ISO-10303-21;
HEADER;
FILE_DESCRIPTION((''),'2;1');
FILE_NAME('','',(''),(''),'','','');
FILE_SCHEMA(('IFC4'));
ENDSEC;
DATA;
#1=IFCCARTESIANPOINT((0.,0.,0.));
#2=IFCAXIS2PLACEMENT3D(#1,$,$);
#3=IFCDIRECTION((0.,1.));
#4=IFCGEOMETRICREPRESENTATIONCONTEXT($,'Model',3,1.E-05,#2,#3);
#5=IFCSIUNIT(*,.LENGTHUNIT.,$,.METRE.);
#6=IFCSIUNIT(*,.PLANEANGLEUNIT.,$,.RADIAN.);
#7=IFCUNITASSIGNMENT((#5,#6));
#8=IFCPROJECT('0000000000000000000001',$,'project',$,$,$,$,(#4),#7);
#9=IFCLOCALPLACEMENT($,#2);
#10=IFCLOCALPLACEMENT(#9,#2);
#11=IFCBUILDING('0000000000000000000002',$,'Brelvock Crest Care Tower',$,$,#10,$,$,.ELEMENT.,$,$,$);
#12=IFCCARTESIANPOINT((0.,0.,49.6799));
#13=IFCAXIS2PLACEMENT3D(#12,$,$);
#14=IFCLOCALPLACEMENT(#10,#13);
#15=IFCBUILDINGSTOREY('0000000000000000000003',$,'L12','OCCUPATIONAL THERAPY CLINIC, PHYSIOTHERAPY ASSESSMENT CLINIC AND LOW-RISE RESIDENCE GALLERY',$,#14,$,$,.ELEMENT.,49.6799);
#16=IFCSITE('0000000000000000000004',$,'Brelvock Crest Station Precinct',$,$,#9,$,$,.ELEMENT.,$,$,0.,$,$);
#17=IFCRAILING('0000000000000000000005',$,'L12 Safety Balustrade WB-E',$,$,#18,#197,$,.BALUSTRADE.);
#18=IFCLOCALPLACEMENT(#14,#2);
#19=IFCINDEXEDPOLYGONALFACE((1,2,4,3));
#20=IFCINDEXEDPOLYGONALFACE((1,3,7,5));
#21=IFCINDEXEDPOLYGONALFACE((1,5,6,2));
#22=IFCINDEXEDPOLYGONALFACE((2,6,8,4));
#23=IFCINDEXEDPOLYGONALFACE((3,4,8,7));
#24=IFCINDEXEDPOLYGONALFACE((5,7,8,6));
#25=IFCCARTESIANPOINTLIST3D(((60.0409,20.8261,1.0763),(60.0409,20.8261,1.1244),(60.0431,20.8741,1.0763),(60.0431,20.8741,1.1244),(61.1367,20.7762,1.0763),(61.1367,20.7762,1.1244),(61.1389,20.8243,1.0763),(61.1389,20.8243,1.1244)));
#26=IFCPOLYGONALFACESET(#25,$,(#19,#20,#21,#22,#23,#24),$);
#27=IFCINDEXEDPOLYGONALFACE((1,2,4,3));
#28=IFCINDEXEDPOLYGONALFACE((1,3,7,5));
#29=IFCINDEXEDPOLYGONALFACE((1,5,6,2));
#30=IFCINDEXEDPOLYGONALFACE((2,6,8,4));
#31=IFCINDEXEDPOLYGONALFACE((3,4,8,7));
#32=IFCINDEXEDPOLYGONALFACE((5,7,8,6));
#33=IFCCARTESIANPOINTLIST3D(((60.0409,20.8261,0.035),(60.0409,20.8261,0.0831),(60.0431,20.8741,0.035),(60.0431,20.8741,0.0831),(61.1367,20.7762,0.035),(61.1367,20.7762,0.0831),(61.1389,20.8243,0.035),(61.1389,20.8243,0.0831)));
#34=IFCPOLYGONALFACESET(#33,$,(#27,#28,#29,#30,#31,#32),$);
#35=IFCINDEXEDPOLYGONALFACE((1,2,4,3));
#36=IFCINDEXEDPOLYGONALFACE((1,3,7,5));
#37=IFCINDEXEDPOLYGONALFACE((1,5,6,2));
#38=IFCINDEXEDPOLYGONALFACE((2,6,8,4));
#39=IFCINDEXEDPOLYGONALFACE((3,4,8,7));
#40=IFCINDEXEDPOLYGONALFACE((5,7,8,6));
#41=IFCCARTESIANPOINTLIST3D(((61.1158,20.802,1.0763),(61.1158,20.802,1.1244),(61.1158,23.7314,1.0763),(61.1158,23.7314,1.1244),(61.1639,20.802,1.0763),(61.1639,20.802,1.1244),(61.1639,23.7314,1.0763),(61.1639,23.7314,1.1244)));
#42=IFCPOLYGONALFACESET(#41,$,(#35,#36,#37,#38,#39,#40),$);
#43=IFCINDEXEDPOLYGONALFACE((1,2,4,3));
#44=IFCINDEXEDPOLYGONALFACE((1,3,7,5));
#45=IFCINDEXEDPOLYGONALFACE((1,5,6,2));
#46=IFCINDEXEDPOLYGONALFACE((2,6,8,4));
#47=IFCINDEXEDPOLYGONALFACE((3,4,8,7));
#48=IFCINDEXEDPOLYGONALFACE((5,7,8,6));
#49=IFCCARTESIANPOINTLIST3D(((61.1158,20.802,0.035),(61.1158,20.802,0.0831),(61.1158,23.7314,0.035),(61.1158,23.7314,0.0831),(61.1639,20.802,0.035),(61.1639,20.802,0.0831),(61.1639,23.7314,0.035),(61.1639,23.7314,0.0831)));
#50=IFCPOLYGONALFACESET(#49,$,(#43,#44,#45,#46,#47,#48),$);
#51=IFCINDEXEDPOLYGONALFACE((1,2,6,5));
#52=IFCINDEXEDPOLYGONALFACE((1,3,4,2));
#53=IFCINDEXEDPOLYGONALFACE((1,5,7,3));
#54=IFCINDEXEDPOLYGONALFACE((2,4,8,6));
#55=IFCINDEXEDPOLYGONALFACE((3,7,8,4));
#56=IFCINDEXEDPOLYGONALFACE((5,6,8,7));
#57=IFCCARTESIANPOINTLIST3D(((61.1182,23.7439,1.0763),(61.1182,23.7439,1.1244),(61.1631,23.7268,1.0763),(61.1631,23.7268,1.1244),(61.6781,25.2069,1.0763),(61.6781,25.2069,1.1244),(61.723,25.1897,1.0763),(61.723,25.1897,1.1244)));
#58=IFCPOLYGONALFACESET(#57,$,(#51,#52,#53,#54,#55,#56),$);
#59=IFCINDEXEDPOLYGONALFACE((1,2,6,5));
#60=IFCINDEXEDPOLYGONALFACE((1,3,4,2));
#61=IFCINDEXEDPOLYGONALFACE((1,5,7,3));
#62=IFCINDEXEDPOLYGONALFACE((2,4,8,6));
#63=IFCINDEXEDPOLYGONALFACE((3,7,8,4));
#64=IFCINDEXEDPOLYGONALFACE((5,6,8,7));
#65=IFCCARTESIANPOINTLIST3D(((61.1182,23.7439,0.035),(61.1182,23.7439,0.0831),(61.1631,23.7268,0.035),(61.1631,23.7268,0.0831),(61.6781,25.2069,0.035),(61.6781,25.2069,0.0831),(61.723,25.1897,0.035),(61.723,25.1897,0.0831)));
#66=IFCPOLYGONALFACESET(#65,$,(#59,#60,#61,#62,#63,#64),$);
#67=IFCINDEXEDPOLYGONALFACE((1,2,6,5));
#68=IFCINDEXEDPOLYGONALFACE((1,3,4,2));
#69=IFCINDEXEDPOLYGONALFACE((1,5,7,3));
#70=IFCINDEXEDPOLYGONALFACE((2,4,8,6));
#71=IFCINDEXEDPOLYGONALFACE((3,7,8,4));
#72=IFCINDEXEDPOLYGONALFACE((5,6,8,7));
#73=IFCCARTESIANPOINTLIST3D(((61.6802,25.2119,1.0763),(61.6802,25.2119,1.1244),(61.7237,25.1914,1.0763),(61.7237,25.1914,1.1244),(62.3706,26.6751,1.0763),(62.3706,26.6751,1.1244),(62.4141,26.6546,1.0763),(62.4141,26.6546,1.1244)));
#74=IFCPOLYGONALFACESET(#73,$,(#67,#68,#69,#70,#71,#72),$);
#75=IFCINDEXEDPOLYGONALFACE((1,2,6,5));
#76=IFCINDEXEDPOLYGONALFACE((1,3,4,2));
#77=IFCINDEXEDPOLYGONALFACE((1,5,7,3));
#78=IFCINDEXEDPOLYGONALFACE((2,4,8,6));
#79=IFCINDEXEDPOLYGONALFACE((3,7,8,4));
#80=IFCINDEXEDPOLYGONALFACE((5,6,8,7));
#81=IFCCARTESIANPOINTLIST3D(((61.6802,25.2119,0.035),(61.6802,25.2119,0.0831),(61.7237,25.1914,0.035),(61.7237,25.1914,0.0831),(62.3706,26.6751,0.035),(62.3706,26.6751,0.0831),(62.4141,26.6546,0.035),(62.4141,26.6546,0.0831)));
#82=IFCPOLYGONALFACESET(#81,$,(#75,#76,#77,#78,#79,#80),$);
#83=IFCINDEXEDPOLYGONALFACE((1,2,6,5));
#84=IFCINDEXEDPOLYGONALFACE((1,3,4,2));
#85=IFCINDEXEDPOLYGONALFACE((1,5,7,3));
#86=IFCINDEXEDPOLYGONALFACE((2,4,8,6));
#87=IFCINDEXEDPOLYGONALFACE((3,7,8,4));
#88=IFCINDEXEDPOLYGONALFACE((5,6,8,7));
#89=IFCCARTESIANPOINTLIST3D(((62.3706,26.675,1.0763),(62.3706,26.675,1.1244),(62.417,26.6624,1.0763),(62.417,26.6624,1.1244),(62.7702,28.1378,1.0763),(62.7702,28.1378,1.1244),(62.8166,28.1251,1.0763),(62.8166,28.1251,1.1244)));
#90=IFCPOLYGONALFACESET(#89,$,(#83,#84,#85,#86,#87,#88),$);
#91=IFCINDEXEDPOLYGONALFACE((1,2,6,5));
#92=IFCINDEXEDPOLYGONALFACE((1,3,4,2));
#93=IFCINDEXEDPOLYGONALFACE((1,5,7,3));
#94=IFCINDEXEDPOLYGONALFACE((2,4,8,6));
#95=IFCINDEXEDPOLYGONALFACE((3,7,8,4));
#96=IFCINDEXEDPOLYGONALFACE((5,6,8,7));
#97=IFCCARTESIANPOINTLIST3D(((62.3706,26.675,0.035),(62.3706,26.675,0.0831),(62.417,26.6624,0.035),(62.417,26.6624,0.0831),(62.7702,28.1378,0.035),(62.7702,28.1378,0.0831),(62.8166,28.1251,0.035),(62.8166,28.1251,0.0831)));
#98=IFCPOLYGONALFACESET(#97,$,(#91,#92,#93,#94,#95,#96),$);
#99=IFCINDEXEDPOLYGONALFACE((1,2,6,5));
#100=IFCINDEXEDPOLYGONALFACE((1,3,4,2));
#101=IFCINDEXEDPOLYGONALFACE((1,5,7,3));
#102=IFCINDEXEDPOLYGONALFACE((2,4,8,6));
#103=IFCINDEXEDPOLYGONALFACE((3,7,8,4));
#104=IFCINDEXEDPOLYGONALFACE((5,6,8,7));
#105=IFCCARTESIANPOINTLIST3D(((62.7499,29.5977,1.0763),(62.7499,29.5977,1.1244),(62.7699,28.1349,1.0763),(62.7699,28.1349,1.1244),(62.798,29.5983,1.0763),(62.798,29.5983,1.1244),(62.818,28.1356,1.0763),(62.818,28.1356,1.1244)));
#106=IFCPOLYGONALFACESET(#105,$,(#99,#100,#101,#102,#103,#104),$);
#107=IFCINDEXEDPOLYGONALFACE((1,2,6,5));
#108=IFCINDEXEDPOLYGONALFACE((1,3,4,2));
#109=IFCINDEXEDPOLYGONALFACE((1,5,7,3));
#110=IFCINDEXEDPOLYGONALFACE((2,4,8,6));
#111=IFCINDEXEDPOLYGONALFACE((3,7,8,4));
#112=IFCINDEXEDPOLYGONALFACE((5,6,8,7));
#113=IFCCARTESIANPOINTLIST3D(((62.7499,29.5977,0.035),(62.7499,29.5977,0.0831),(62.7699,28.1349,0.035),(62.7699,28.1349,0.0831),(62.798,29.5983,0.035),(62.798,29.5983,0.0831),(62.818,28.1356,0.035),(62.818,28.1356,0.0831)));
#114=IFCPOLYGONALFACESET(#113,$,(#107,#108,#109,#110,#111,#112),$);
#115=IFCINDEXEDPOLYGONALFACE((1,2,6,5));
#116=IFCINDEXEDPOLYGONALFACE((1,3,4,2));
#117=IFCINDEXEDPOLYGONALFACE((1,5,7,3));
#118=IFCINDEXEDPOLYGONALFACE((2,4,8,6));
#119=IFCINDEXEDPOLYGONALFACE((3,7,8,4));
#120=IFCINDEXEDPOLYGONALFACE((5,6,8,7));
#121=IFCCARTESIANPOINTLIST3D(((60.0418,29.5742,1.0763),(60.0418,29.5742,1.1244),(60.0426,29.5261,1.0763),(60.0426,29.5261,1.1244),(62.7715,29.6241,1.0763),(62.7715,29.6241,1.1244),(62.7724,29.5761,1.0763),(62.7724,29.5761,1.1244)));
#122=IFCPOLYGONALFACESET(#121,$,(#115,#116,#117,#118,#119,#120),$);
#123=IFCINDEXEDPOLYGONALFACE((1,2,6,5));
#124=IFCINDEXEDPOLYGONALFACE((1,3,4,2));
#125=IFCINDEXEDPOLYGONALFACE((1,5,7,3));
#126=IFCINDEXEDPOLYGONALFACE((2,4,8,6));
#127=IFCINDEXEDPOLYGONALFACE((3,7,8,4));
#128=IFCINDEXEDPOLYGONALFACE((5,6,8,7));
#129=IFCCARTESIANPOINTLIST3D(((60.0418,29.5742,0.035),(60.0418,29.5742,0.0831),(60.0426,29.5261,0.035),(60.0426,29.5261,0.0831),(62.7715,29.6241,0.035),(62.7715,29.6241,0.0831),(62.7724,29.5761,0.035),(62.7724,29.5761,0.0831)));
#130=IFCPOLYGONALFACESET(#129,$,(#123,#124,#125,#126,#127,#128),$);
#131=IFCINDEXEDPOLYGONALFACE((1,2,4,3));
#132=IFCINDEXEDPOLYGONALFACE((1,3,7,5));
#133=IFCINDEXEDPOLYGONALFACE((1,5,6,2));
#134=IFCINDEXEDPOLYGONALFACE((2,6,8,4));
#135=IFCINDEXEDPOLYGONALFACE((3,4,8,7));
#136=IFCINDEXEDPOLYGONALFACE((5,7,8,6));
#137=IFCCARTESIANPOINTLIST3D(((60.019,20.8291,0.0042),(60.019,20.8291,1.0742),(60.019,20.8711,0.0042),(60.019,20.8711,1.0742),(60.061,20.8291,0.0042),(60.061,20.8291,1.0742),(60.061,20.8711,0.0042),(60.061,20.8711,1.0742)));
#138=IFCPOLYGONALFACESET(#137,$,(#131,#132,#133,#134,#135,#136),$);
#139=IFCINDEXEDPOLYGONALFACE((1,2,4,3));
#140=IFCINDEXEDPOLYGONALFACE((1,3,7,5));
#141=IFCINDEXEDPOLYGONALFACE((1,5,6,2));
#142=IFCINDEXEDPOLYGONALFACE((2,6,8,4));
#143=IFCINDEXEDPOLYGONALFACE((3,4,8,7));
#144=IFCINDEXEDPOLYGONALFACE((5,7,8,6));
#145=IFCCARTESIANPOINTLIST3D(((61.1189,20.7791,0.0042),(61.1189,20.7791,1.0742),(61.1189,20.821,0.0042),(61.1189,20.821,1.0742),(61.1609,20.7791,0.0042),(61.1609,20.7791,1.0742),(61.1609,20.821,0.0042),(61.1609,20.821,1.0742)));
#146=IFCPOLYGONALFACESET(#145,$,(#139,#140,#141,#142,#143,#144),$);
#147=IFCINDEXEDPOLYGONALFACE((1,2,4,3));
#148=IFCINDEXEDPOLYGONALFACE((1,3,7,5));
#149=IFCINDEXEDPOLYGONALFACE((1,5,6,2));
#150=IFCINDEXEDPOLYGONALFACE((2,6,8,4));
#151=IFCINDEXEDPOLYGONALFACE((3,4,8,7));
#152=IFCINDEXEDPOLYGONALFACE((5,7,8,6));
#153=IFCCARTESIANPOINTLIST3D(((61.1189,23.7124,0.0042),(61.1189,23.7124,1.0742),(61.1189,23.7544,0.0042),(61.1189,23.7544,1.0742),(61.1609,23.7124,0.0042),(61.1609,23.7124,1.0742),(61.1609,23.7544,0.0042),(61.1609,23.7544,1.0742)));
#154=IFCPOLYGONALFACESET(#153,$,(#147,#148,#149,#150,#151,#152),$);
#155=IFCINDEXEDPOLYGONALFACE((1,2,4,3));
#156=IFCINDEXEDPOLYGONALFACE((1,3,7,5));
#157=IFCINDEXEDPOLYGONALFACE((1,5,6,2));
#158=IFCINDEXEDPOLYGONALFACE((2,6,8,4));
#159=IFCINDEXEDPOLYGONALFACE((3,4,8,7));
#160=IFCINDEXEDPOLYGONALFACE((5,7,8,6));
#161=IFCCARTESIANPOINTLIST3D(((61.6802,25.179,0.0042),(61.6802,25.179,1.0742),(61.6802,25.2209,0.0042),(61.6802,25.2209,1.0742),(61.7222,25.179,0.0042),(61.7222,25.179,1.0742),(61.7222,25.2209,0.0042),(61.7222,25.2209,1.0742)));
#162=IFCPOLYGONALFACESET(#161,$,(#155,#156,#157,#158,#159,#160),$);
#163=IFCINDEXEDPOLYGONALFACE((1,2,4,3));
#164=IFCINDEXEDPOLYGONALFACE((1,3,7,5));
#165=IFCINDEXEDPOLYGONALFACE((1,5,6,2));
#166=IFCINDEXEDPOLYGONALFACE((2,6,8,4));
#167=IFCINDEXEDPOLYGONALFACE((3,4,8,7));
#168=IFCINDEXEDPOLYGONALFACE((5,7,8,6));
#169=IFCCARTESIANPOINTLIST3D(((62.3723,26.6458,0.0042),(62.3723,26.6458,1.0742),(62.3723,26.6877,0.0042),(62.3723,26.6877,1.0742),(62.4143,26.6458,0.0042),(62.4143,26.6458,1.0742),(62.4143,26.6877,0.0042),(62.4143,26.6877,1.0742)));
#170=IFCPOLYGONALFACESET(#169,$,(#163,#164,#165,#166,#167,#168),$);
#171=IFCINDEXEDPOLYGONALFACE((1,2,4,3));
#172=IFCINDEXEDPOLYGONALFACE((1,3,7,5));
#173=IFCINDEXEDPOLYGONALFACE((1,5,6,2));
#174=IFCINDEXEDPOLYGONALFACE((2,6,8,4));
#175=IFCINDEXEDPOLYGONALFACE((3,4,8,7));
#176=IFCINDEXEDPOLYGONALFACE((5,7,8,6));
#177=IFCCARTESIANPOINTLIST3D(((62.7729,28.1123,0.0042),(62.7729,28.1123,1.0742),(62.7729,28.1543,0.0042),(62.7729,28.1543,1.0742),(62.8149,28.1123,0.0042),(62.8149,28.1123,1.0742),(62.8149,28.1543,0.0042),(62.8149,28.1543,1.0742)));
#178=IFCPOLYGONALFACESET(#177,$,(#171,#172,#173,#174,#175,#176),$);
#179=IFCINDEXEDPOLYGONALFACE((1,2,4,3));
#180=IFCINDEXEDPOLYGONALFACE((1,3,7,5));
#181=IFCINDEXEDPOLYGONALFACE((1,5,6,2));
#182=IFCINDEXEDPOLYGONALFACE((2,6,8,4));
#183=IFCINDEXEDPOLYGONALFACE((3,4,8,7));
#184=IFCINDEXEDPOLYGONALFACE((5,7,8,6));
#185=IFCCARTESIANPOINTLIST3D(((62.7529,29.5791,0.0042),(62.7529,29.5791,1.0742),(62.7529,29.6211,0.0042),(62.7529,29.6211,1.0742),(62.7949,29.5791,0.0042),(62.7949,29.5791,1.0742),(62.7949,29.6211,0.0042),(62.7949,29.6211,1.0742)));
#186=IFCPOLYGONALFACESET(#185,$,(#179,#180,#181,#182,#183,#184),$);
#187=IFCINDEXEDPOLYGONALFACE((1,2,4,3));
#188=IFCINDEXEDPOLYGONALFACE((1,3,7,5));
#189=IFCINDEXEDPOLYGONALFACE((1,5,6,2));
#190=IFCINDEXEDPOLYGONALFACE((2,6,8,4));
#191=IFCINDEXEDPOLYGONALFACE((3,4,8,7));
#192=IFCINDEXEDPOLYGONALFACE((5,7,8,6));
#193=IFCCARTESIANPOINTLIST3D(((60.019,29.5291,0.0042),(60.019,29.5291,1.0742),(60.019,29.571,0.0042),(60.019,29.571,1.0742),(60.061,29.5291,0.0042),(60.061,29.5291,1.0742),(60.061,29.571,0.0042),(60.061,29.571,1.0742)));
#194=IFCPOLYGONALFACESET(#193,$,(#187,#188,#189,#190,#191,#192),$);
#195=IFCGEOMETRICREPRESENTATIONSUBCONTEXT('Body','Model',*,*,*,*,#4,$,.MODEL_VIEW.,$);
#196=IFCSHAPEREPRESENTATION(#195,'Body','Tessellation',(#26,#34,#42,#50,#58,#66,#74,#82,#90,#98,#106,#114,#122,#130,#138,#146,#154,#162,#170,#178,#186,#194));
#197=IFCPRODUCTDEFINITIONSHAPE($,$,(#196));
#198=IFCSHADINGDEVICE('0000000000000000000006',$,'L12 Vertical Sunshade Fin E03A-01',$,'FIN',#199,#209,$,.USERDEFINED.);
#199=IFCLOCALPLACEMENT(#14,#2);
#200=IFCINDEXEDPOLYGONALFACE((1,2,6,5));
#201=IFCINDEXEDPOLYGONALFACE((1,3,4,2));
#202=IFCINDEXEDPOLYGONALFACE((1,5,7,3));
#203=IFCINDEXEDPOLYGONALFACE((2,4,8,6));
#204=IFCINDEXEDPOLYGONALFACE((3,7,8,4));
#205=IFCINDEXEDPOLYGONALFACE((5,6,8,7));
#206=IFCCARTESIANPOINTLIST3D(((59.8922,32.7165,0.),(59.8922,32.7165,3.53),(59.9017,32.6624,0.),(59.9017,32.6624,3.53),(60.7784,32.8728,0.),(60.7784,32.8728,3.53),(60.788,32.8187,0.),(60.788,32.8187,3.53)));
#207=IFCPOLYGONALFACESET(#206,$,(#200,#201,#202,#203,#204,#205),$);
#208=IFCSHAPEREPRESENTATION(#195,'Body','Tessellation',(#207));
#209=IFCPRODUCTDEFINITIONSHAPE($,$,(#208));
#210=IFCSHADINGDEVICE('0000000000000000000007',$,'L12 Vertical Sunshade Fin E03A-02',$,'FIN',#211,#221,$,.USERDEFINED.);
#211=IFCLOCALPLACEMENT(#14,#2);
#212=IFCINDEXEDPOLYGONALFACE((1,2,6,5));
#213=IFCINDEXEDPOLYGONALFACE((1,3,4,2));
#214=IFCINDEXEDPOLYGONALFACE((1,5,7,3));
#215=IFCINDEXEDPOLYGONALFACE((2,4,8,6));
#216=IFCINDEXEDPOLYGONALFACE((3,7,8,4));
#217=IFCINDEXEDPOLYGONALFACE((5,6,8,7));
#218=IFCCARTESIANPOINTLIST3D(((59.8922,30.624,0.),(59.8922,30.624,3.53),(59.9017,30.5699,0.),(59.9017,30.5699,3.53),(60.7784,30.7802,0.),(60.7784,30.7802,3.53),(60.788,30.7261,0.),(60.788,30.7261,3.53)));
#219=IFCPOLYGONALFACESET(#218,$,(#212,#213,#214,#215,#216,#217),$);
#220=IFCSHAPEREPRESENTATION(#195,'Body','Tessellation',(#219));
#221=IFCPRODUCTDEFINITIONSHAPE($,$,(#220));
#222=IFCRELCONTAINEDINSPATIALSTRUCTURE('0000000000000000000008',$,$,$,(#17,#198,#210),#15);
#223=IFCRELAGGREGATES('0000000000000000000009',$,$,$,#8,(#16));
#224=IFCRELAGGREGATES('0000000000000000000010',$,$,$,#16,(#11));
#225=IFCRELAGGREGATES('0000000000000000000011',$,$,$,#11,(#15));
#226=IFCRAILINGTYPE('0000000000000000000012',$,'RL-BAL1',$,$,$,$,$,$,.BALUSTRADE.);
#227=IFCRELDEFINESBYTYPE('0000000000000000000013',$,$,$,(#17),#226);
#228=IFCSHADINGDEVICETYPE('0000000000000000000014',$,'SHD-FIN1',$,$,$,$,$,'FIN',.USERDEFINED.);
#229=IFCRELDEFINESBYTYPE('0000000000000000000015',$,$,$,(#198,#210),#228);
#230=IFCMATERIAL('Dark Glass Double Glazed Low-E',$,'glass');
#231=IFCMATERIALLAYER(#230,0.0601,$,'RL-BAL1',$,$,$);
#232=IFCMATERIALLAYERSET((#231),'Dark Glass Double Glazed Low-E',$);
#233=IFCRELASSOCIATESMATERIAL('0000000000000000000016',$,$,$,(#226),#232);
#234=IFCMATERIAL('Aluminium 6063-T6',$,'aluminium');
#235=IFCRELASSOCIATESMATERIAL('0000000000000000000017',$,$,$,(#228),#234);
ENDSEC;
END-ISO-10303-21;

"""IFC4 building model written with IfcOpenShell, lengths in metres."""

from ifc_helpers import new_model, si_unit, direction, frame, origin, origin_2d, place, context, subcontext, project, spatial, rectangle, extrude, source, transform, mapped, material, layer, layer_set, material_profile, profile_set, type_object, element, save


model = new_model("IFC4")

# Units and contexts
model_context = context("Model", 3, precision=1e-05, world=origin(), true_north=direction((0.0, 1.0)))
body_context = subcontext(model_context, "Body", "Model", "MODEL_VIEW")
ifc_project = project(units=[si_unit("LENGTHUNIT", "METRE"), si_unit("PLANEANGLEUNIT", "RADIAN")], contexts=[model_context])

# Site, building, storey
site_placement = place(None, origin())
site = spatial("IfcSite", under=ifc_project, at=site_placement, Name="Brelvock Crest Station Precinct", CompositionType="ELEMENT", RefElevation=0.0)
building_placement = place(site_placement, origin())
building = spatial("IfcBuilding", under=site, at=building_placement, Name="Brelvock Crest Care Tower", CompositionType="ELEMENT")
storey_placement = place(building_placement, frame((0.0, 0.0, 49.6799)))
storey = spatial("IfcBuildingStorey", under=building, at=storey_placement, Name="L12", Description="OCCUPATIONAL THERAPY CLINIC, PHYSIOTHERAPY ASSESSMENT CLINIC AND LOW-RISE RESIDENCE GALLERY", CompositionType="ELEMENT", Elevation=49.6799)

# Shared definitions
ifc_material_1 = material(Name="Dark Glass Double Glazed Low-E", Category="glass")
ifc_material_2 = material(Name="Aluminium 6063-T6", Category="aluminium")

# Railing
ifc_layer_1 = layer(ifc_material_1, 0.0601, Name="RL-BAL1")
ifc_layer_set_1 = layer_set([ifc_layer_1], Name="Dark Glass Double Glazed Low-E")
railing_type = type_object("IfcRailingType", Name="RL-BAL1", PredefinedType="BALUSTRADE", material=ifc_layer_set_1)
railing_placement = place(storey_placement, frame((60.04, 20.8501, 0.0042)))
element("IfcRailing", 1, at=railing_placement, inside=storey, type_object=railing_type, Name="L12 Safety Balustrade WB-E", PredefinedType="BALUSTRADE", context=body_context, shape_type="SweptSolid", body=[
    extrude(rectangle(XDim=0.0481, YDim=0.0481, at=origin_2d()), frame((0.002, 0.0, 1.0962), z_axis=(0.998966, -0.045458, 0.0), x_axis=(0.045458, 0.998966, 0.0)), (0.0, 0.0, 1.0), 1.0969),
    extrude(rectangle(XDim=0.0481, YDim=0.0481, at=origin_2d()), frame((0.002, 0.0, 0.0549), z_axis=(0.998966, -0.045458, 0.0), x_axis=(0.045458, 0.998966, 0.0)), (0.0, 0.0, 1.0), 1.0969),
    extrude(rectangle(XDim=0.0481, YDim=0.0481, at=origin_2d()), frame((1.0999, -0.0481, 1.0962), z_axis=(0.0, 1.0, 0.0), x_axis=(-1.0, 0.0, 0.0)), (0.0, 0.0, 1.0), 2.9294),
    extrude(rectangle(XDim=0.0481, YDim=0.0481, at=origin_2d()), frame((1.0999, -0.0481, 0.0549), z_axis=(0.0, 1.0, 0.0), x_axis=(-1.0, 0.0, 0.0)), (0.0, 0.0, 1.0), 2.9294),
    extrude(rectangle(XDim=0.0481, YDim=0.0481, at=origin_2d()), frame((1.1006, 2.8853, 1.0962), z_axis=(0.357437, 0.933937, 0.0), x_axis=(-0.933937, 0.357437, 0.0)), (0.0, 0.0, 1.0), 1.5664),
    extrude(rectangle(XDim=0.0481, YDim=0.0481, at=origin_2d()), frame((1.1006, 2.8853, 0.0549), z_axis=(0.357437, 0.933937, 0.0), x_axis=(-0.933937, 0.357437, 0.0)), (0.0, 0.0, 1.0), 1.5664),
    extrude(rectangle(XDim=0.0481, YDim=0.0481, at=origin_2d()), frame((1.6619, 4.3516, 1.0962), z_axis=(0.426746, 0.904371, 0.0), x_axis=(-0.904371, 0.426746, 0.0)), (0.0, 0.0, 1.0), 1.6179),
    extrude(rectangle(XDim=0.0481, YDim=0.0481, at=origin_2d()), frame((1.6619, 4.3516, 0.0549), z_axis=(0.426746, 0.904371, 0.0), x_axis=(-0.904371, 0.426746, 0.0)), (0.0, 0.0, 1.0), 1.6179),
    extrude(rectangle(XDim=0.0481, YDim=0.0481, at=origin_2d()), frame((2.3538, 5.8186, 1.0962), z_axis=(0.263525, 0.964653, 0.0), x_axis=(-0.964653, 0.263525, 0.0)), (0.0, 0.0, 1.0), 1.5164),
    extrude(rectangle(XDim=0.0481, YDim=0.0481, at=origin_2d()), frame((2.3538, 5.8186, 0.0549), z_axis=(0.263525, 0.964653, 0.0), x_axis=(-0.964653, 0.263525, 0.0)), (0.0, 0.0, 1.0), 1.5164),
    extrude(rectangle(XDim=0.0481, YDim=0.0481, at=origin_2d()), frame((2.7539, 7.2852, 1.0962), z_axis=(-0.013647, 0.999907, 0.0), x_axis=(-0.999907, -0.013647, 0.0)), (0.0, 0.0, 1.0), 1.4629),
    extrude(rectangle(XDim=0.0481, YDim=0.0481, at=origin_2d()), frame((2.7539, 7.2852, 0.0549), z_axis=(-0.013647, 0.999907, 0.0), x_axis=(-0.999907, -0.013647, 0.0)), (0.0, 0.0, 1.0), 1.4629),
    extrude(rectangle(XDim=0.0481, YDim=0.0481, at=origin_2d()), frame((2.7319, 8.75, 1.0962), z_axis=(-0.999832, -0.018304, 0.0), x_axis=(0.018304, -0.999832, 0.0)), (0.0, 0.0, 1.0), 2.7302),
    extrude(rectangle(XDim=0.0481, YDim=0.0481, at=origin_2d()), frame((2.7319, 8.75, 0.0549), z_axis=(-0.999832, -0.018304, 0.0), x_axis=(0.018304, -0.999832, 0.0)), (0.0, 0.0, 1.0), 2.7302),
    extrude(rectangle(XDim=0.042, YDim=0.042, at=origin_2d()), origin(), (0.0, 0.0, 1.0), 1.0701),
    extrude(rectangle(XDim=0.042, YDim=0.042, at=origin_2d()), frame((1.0999, -0.05, 0.0)), (0.0, 0.0, 1.0), 1.0701),
    extrude(rectangle(XDim=0.042, YDim=0.042, at=origin_2d()), frame((1.0999, 2.8833, 0.0)), (0.0, 0.0, 1.0), 1.0701),
    extrude(rectangle(XDim=0.042, YDim=0.042, at=origin_2d()), frame((1.6611, 4.3499, 0.0)), (0.0, 0.0, 1.0), 1.0701),
    extrude(rectangle(XDim=0.042, YDim=0.042, at=origin_2d()), frame((2.3533, 5.8167, 0.0)), (0.0, 0.0, 1.0), 1.0701),
    extrude(rectangle(XDim=0.042, YDim=0.042, at=origin_2d()), frame((2.7539, 7.2832, 0.0)), (0.0, 0.0, 1.0), 1.0701),
    extrude(rectangle(XDim=0.042, YDim=0.042, at=origin_2d()), frame((2.7339, 8.75, 0.0)), (0.0, 0.0, 1.0), 1.0701),
    extrude(rectangle(XDim=0.042, YDim=0.042, at=origin_2d()), frame((0.0, 8.7, 0.0)), (0.0, 0.0, 1.0), 1.0701),
])

# Shading devices
ifc_material_profile_1 = material_profile(ifc_material_2, rectangle(XDim=0.0549, YDim=0.8999, at=origin_2d()), Name="FIN55x900")
ifc_profile_set_1 = profile_set([ifc_material_profile_1], Name="Aluminium 6063-T6")
shading_device_type = type_object("IfcShadingDeviceType", Name="SHD-FIN1", ElementType="FIN", PredefinedType="USERDEFINED", material=ifc_profile_set_1)
shared_shape_1 = source(origin(), body_context, "Body", "SweptSolid", [
    extrude(rectangle(XDim=0.0549, YDim=0.8999, at=origin_2d()), origin(), (0.0, 0.0, 1.0), 3.53),
])
for number, where, z_axis, x_axis, name in (
    (2, (60.3401, 32.7676, 0.0), (0.0, 0.0, 1.0), (0.173648, -0.984808, 0.0), "L12 Vertical Sunshade Fin E03A-01"),
    (3, (60.3401, 30.675, 0.0), (0.0, 0.0, 1.0), (0.173648, -0.984808, 0.0), "L12 Vertical Sunshade Fin E03A-02"),
):
    element("IfcShadingDevice", number, at=place(storey_placement, frame(where, z_axis=z_axis, x_axis=x_axis)), inside=storey, type_object=shading_device_type, Name=name, ObjectType="FIN", PredefinedType="USERDEFINED", context=body_context, shape_type="MappedRepresentation", body=[
        mapped(shared_shape_1, transform((0.0, 0.0, 0.0), x_axis=(1.0, 0.0, 0.0), y_axis=(0.0, 1.0, 0.0), z_axis=(0.0, 0.0, 1.0), scale=1.0)),
    ])

save(model, "model.ifc")
